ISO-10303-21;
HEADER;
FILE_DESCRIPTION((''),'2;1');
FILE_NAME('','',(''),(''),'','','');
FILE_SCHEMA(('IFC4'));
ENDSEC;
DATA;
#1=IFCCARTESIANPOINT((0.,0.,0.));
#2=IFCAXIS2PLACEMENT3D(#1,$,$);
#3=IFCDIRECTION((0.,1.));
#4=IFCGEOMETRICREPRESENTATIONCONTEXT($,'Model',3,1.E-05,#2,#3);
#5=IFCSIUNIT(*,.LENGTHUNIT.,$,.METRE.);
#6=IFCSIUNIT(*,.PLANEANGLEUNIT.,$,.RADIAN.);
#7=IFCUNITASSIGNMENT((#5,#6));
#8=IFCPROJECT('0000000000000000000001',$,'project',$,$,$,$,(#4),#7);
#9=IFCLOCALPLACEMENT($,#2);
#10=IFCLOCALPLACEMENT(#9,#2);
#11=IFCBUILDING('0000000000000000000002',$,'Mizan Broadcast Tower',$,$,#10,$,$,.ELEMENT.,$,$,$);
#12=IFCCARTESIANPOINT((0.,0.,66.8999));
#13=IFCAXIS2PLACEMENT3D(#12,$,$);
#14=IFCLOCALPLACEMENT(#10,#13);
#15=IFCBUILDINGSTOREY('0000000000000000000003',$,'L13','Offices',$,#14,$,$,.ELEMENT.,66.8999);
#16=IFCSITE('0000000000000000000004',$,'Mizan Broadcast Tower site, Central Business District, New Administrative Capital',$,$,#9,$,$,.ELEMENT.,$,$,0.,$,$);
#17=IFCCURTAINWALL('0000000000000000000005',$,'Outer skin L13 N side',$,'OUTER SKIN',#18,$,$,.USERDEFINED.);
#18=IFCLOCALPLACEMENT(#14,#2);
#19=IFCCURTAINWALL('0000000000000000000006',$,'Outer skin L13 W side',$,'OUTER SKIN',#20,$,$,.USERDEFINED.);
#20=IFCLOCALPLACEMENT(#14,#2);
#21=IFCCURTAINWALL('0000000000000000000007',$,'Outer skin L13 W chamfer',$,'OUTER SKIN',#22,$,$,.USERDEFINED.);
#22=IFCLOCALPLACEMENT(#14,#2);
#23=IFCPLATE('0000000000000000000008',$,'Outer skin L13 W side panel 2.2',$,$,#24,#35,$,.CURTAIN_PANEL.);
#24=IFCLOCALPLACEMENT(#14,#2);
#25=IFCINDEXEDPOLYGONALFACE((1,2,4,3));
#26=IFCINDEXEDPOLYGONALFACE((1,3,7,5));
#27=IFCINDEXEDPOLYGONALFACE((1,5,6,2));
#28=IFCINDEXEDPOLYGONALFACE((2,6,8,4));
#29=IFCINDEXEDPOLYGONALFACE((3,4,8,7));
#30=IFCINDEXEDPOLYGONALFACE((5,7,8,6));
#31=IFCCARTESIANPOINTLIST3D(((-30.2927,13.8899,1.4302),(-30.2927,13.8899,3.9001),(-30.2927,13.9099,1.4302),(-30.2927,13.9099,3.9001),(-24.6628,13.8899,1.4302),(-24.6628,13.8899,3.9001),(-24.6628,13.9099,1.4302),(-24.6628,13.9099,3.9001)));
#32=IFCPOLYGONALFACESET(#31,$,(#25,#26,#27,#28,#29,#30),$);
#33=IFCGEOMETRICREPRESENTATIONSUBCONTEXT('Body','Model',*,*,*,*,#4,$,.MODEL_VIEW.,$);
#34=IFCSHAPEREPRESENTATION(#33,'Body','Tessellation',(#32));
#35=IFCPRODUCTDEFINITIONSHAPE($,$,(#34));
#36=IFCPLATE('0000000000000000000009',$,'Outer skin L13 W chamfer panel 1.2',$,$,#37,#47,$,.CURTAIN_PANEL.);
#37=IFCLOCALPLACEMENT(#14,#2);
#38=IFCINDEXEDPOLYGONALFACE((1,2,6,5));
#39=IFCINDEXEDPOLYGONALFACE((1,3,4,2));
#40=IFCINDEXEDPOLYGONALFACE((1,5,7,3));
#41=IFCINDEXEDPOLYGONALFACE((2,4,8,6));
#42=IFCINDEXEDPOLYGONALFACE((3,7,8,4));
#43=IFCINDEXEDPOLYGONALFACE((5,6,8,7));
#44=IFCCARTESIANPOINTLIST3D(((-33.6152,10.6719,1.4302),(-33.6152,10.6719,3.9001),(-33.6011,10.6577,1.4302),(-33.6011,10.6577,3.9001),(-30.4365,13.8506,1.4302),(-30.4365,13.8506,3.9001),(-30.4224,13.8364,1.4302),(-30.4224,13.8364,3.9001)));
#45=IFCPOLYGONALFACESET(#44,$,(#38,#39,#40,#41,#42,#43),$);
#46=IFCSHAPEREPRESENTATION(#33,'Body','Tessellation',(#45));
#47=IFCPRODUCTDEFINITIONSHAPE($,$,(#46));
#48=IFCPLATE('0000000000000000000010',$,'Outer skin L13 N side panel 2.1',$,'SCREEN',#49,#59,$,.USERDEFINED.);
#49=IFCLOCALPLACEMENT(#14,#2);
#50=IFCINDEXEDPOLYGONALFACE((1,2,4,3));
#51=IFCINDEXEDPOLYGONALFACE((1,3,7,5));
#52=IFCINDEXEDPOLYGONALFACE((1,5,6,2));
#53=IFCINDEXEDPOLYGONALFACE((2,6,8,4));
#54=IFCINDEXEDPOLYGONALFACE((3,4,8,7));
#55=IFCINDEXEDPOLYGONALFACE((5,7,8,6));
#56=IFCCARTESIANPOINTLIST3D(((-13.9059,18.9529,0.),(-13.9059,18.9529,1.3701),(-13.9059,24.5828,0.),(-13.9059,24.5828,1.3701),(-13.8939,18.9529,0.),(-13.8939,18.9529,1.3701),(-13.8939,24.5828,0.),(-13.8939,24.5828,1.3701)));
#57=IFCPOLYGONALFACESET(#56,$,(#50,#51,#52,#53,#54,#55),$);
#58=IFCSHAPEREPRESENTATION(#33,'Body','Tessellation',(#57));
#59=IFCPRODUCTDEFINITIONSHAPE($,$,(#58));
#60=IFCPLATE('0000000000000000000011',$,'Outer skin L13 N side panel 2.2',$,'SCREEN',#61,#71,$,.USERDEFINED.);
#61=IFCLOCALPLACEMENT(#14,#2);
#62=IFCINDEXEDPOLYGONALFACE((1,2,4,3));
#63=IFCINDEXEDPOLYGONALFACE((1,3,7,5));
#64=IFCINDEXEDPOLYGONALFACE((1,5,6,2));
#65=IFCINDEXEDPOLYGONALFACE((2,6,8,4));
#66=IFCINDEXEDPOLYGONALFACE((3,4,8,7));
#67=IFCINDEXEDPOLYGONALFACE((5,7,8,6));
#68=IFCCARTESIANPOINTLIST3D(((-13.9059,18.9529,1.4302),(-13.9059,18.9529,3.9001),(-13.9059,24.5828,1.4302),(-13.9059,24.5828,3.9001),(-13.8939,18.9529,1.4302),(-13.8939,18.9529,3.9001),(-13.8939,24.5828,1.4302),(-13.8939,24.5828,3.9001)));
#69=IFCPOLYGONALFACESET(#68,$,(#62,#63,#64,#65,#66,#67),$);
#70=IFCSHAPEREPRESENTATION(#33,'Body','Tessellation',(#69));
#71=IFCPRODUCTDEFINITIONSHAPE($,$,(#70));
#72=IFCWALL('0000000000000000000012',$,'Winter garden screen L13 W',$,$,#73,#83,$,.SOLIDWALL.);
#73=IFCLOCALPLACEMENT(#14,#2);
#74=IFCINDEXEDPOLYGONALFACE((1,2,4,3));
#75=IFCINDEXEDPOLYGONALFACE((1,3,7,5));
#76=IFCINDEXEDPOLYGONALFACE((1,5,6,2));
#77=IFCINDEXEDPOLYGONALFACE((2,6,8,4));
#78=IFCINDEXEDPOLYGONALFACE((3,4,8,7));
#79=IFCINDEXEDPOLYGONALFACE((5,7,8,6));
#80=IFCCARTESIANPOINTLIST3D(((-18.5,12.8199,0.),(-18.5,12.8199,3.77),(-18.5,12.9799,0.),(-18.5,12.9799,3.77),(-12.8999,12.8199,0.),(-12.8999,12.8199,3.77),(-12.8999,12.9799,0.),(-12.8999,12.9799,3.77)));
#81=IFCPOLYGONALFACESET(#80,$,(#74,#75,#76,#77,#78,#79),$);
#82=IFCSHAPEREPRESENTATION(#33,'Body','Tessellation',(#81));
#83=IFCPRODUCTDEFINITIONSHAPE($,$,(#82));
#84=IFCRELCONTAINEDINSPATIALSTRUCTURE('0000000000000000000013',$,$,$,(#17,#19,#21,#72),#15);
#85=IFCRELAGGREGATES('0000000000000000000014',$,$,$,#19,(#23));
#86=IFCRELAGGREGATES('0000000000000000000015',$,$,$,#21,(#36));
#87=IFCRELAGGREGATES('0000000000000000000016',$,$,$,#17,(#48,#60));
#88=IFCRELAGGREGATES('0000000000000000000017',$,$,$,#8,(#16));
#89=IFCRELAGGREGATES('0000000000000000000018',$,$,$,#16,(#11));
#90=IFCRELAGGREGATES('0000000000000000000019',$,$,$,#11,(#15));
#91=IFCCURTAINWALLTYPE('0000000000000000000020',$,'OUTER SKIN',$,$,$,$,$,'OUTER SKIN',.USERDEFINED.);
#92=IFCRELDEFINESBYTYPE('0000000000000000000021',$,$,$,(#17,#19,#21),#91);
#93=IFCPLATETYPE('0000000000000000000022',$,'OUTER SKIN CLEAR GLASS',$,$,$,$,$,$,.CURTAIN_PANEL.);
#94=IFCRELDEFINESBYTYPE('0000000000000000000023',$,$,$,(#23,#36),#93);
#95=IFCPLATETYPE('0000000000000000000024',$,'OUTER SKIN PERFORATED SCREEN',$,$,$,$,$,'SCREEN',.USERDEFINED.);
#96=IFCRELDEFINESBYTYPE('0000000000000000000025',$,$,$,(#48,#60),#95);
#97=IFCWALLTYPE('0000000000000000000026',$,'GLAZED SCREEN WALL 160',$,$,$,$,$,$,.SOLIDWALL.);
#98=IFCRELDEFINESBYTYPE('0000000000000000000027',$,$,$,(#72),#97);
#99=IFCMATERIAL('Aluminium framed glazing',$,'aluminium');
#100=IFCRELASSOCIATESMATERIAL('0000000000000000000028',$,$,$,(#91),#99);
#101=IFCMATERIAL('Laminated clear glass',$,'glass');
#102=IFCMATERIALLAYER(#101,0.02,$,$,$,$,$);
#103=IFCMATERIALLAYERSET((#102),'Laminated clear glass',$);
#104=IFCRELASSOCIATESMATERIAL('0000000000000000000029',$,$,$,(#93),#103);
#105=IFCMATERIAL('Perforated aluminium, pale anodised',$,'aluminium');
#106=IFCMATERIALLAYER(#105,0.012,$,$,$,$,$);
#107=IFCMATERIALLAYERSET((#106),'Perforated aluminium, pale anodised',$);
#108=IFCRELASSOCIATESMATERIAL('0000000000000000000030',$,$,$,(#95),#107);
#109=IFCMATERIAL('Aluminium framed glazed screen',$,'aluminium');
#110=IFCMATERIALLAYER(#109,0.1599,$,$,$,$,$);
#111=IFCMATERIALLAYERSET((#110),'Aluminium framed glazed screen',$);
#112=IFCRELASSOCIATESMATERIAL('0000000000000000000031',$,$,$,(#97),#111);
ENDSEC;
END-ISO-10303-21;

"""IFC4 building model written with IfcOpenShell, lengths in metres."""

from ifc_helpers import new_model, si_unit, direction, frame, frame_2d, origin, origin_2d, place, context, subcontext, project, spatial, rectangle, extrude, material, layer, layer_set, type_object, element, aggregate, save


model = new_model("IFC4")

# Units and contexts
model_context = context("Model", 3, precision=1e-05, world=origin(), true_north=direction((0.0, 1.0)))
body_context = subcontext(model_context, "Body", "Model", "MODEL_VIEW")
ifc_project = project(units=[si_unit("LENGTHUNIT", "METRE"), si_unit("PLANEANGLEUNIT", "RADIAN")], contexts=[model_context])

# Site, building, storey
site_placement = place(None, origin())
site = spatial("IfcSite", under=ifc_project, at=site_placement, Name="Mizan Broadcast Tower site, Central Business District, New Administrative Capital", CompositionType="ELEMENT", RefElevation=0.0)
building_placement = place(site_placement, origin())
building = spatial("IfcBuilding", under=site, at=building_placement, Name="Mizan Broadcast Tower", CompositionType="ELEMENT")
storey_placement = place(building_placement, frame((0.0, 0.0, 66.8999)))
storey = spatial("IfcBuildingStorey", under=building, at=storey_placement, Name="L13", Description="Offices", CompositionType="ELEMENT", Elevation=66.8999)

# Shared definitions
ifc_material_1 = material(Name="Aluminium framed glazing", Category="aluminium")
curtain_wall_type_1 = type_object("IfcCurtainWallType", Name="OUTER SKIN", ElementType="OUTER SKIN", PredefinedType="USERDEFINED", material=ifc_material_1)

# Curtain wall
curtain_wall_1_placement = place(storey_placement, origin())
curtain_wall_1 = element("IfcCurtainWall", 1, at=curtain_wall_1_placement, inside=storey, type_object=curtain_wall_type_1, Name="Outer skin L13 N side", ObjectType="OUTER SKIN", PredefinedType="USERDEFINED")

# Curtain wall
curtain_wall_2_placement = place(storey_placement, origin())
curtain_wall_2 = element("IfcCurtainWall", 2, at=curtain_wall_2_placement, inside=storey, type_object=curtain_wall_type_1, Name="Outer skin L13 W side", ObjectType="OUTER SKIN", PredefinedType="USERDEFINED")

# Curtain wall
curtain_wall_3_placement = place(storey_placement, origin())
curtain_wall_3 = element("IfcCurtainWall", 3, at=curtain_wall_3_placement, inside=storey, type_object=curtain_wall_type_1, Name="Outer skin L13 W chamfer", ObjectType="OUTER SKIN", PredefinedType="USERDEFINED")

# Plates
ifc_material_2 = material(Name="Laminated clear glass", Category="glass")
ifc_layer_1 = layer(ifc_material_2, 0.02)
ifc_layer_set_1 = layer_set([ifc_layer_1], Name="Laminated clear glass")
plate_type_1 = type_object("IfcPlateType", Name="OUTER SKIN CLEAR GLASS", PredefinedType="CURTAIN_PANEL", material=ifc_layer_set_1)
plate_1_placement = place(storey_placement, frame((-27.4778, 13.8999, 1.4302), z_axis=(0.0, 0.0, 1.0), x_axis=(-1.0, 0.0, 0.0)))
plate_1 = element("IfcPlate", 4, at=plate_1_placement, type_object=plate_type_1, Name="Outer skin L13 W side panel 2.2", PredefinedType="CURTAIN_PANEL", context=body_context, shape_type="SweptSolid", body=[
    extrude(rectangle(XDim=5.6299, YDim=0.02, at=origin_2d()), origin(), (0.0, 0.0, 1.0), 2.47),
])
aggregate(curtain_wall_2, [plate_1])
plate_2_placement = place(storey_placement, frame((-32.0188, 12.2542, 1.4302), z_axis=(0.0, 0.0, 1.0), x_axis=(-0.707107, -0.707107, 0.0)))
plate_2 = element("IfcPlate", 5, at=plate_2_placement, type_object=plate_type_1, Name="Outer skin L13 W chamfer panel 1.2", PredefinedType="CURTAIN_PANEL", context=body_context, shape_type="SweptSolid", body=[
    extrude(rectangle(XDim=4.4954, YDim=0.02, at=origin_2d()), origin(), (0.0, 0.0, 1.0), 2.47),
])
aggregate(curtain_wall_3, [plate_2])
ifc_material_3 = material(Name="Perforated aluminium, pale anodised", Category="aluminium")
ifc_layer_2 = layer(ifc_material_3, 0.012)
ifc_layer_set_2 = layer_set([ifc_layer_2], Name="Perforated aluminium, pale anodised")
plate_type_2 = type_object("IfcPlateType", Name="OUTER SKIN PERFORATED SCREEN", ElementType="SCREEN", PredefinedType="USERDEFINED", material=ifc_layer_set_2)
plate_3_placement = place(storey_placement, frame((-13.8999, 21.7678, 0.0), z_axis=(0.0, 0.0, 1.0), x_axis=(0.0, -1.0, 0.0)))
plate_3 = element("IfcPlate", 6, at=plate_3_placement, type_object=plate_type_2, Name="Outer skin L13 N side panel 2.1", ObjectType="SCREEN", PredefinedType="USERDEFINED", context=body_context, shape_type="SweptSolid", body=[
    extrude(rectangle(XDim=5.6299, YDim=0.012, at=origin_2d()), origin(), (0.0, 0.0, 1.0), 1.3701),
])
plate_4_placement = place(storey_placement, frame((-13.8999, 21.7678, 1.4302), z_axis=(0.0, 0.0, 1.0), x_axis=(0.0, -1.0, 0.0)))
plate_4 = element("IfcPlate", 7, at=plate_4_placement, type_object=plate_type_2, Name="Outer skin L13 N side panel 2.2", ObjectType="SCREEN", PredefinedType="USERDEFINED", context=body_context, shape_type="SweptSolid", body=[
    extrude(rectangle(XDim=5.6299, YDim=0.012, at=origin_2d()), origin(), (0.0, 0.0, 1.0), 2.47),
])
aggregate(curtain_wall_1, [plate_3, plate_4])

# Wall
ifc_material_4 = material(Name="Aluminium framed glazed screen", Category="aluminium")
ifc_layer_3 = layer(ifc_material_4, 0.1599)
ifc_layer_set_3 = layer_set([ifc_layer_3], Name="Aluminium framed glazed screen")
wall_type = type_object("IfcWallType", Name="GLAZED SCREEN WALL 160", PredefinedType="SOLIDWALL", material=ifc_layer_set_3)
wall_placement = place(storey_placement, frame((-12.8999, 12.8999, 0.0), z_axis=(0.0, 0.0, 1.0), x_axis=(-1.0, 0.0, 0.0)))
element("IfcWall", 8, at=wall_placement, inside=storey, type_object=wall_type, Name="Winter garden screen L13 W", PredefinedType="SOLIDWALL", context=body_context, shape_type="SweptSolid", body=[
    extrude(rectangle(XDim=5.6001, YDim=0.1599, at=frame_2d((2.8, 0.0))), origin(), (0.0, 0.0, 1.0), 3.77),
])

save(model, "model.ifc")
